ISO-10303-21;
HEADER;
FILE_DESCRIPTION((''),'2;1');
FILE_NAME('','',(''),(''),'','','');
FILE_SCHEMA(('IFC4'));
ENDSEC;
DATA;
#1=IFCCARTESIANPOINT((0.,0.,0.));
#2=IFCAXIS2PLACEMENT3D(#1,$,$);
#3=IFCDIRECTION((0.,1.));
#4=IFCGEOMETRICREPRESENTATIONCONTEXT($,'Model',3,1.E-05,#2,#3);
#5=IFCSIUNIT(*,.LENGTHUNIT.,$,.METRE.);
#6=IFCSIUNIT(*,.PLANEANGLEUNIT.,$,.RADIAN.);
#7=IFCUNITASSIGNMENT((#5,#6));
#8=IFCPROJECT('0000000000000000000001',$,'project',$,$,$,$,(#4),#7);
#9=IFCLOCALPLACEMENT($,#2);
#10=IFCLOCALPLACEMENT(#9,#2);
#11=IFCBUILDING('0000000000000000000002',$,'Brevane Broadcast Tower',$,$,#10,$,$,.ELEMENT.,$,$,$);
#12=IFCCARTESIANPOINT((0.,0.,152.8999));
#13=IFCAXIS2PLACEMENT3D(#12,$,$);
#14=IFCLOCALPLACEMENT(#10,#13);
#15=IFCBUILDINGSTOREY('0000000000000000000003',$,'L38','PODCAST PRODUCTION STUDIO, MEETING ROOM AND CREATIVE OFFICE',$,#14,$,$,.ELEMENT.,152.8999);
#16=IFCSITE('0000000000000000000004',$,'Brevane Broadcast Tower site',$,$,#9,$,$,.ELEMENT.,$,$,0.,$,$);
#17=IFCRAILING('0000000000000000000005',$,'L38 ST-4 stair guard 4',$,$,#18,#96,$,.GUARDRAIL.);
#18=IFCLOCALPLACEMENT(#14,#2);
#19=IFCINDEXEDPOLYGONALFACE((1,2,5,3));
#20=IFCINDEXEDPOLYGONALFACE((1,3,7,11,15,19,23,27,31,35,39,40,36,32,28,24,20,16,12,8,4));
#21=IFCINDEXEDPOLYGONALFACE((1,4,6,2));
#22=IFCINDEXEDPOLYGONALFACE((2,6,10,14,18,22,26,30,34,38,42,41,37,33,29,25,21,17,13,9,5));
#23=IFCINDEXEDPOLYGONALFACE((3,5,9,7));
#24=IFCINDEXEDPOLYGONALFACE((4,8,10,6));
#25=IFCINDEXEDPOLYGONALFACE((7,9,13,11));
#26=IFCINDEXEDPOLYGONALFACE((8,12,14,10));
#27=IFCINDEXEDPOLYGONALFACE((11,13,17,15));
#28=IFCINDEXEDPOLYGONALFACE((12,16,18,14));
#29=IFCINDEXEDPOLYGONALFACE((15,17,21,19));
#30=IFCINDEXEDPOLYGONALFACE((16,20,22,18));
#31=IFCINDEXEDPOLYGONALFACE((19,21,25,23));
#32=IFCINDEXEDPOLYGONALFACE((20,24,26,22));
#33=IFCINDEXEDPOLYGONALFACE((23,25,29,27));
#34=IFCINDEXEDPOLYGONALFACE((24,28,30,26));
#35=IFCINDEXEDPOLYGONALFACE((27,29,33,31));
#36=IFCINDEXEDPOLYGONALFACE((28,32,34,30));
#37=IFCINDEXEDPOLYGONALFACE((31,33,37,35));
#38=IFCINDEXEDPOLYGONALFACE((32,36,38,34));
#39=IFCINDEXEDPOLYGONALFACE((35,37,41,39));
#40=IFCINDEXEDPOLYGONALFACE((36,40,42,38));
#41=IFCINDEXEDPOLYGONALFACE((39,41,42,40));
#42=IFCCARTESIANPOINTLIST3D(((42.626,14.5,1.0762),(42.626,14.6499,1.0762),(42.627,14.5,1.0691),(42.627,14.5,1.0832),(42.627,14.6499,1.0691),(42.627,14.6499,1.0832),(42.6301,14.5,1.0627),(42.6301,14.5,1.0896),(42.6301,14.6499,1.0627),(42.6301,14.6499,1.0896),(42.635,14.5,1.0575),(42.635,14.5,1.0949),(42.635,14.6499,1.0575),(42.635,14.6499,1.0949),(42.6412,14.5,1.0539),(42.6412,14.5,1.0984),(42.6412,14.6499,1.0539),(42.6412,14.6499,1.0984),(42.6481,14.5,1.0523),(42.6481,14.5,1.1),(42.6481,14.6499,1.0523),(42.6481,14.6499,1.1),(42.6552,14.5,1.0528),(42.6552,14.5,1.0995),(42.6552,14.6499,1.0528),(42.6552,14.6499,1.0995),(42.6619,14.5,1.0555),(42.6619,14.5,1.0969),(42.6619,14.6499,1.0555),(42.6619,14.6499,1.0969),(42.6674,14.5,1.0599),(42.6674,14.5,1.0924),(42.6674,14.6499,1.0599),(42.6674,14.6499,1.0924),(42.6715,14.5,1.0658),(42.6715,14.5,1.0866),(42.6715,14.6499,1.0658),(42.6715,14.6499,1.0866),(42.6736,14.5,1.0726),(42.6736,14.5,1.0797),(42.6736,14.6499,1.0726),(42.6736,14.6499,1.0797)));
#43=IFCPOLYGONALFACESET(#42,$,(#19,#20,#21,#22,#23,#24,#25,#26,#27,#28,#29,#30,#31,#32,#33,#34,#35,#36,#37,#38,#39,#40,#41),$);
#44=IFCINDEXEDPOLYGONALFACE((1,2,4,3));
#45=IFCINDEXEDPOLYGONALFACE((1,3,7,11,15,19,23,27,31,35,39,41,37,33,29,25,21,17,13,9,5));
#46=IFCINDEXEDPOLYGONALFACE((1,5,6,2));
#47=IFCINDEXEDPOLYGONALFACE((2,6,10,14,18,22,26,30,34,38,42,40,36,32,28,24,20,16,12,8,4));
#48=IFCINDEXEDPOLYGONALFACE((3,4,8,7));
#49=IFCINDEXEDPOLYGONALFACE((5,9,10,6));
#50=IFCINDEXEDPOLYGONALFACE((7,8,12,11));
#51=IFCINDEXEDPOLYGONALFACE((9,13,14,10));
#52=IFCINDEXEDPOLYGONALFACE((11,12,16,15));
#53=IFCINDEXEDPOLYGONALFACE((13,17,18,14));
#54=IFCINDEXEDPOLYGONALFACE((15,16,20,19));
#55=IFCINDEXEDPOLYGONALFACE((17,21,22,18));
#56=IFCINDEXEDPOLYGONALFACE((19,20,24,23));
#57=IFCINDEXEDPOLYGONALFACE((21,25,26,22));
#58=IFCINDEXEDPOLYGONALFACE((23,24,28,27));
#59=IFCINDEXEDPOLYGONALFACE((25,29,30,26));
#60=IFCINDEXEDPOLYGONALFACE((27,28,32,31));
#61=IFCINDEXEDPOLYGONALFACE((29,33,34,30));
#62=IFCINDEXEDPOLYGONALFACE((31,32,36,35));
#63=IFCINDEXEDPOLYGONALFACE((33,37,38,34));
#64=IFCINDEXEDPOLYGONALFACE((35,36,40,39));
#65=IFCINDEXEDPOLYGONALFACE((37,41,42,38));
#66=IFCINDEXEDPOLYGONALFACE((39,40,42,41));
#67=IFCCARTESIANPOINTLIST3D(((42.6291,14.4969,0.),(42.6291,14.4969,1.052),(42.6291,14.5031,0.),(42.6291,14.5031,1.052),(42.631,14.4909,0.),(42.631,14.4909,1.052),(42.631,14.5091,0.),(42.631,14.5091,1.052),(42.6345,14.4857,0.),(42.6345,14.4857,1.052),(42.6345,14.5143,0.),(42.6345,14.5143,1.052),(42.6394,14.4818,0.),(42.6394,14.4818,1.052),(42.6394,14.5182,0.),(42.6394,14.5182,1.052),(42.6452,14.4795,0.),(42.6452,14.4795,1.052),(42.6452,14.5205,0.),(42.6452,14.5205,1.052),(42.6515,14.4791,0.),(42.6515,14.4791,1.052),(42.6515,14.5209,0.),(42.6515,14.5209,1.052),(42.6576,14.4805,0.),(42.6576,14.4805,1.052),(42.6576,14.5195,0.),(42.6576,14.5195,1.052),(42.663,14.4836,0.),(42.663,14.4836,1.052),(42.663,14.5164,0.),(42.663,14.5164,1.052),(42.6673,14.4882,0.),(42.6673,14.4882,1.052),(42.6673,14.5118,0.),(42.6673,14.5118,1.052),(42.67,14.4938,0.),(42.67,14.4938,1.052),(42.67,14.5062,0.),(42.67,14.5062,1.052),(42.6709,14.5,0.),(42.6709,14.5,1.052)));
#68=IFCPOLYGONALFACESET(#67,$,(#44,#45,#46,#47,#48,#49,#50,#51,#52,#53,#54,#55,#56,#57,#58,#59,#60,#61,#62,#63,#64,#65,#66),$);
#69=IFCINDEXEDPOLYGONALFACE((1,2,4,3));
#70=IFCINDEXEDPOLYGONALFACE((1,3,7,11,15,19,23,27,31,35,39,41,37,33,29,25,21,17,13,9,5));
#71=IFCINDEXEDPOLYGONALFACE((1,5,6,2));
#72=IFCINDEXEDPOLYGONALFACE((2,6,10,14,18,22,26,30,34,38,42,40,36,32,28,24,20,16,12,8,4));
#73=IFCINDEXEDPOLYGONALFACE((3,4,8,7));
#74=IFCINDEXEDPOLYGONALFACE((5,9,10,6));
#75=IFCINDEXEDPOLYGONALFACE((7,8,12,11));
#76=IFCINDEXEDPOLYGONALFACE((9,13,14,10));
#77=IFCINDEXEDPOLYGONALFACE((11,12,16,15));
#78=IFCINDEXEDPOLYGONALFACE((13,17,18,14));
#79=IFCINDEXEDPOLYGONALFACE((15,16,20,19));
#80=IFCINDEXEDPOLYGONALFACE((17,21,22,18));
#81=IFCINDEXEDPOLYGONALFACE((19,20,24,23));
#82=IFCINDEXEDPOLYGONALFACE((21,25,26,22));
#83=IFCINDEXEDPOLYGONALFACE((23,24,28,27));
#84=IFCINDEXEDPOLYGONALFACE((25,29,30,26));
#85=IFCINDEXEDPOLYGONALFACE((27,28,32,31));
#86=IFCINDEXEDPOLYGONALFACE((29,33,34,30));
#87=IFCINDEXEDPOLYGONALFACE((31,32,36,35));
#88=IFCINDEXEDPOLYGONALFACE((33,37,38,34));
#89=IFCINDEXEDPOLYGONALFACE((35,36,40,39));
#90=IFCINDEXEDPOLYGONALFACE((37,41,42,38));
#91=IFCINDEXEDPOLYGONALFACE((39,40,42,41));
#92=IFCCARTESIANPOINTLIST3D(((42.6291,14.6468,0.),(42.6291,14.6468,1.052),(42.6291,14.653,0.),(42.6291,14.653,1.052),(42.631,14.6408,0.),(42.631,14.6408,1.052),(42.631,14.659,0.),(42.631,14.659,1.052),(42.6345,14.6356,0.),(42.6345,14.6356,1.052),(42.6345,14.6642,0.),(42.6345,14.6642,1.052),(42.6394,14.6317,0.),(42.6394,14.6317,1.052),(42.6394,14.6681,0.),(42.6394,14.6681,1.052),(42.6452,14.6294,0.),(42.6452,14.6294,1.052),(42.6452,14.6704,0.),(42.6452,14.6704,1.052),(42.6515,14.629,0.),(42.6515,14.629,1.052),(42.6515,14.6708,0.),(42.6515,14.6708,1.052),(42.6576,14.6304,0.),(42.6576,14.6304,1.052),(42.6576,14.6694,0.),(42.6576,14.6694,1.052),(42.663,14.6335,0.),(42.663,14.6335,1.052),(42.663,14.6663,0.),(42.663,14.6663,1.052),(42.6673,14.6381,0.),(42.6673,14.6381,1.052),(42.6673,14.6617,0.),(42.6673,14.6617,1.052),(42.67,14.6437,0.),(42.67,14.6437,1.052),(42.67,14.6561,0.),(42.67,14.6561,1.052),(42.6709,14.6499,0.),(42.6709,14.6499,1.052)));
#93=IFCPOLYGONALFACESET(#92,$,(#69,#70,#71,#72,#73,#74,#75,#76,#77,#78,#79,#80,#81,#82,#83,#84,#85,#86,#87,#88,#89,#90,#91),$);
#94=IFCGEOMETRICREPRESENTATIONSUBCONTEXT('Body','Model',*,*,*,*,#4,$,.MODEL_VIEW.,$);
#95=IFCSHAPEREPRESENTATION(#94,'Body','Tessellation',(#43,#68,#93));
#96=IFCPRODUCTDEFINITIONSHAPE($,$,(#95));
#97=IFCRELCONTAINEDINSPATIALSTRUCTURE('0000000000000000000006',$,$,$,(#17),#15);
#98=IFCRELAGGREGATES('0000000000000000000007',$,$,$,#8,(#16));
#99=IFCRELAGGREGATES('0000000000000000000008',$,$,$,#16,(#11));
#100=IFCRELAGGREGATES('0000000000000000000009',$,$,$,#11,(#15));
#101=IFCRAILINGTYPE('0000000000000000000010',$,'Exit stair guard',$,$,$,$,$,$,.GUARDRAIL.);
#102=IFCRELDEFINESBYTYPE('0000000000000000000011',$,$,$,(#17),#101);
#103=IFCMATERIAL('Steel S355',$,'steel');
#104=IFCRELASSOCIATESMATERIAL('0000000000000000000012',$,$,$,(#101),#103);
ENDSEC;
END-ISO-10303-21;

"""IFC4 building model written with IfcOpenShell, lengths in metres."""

from ifc_helpers import new_model, si_unit, direction, frame, origin, origin_2d, place, context, subcontext, project, spatial, circle, extrude, material, type_object, element, save


model = new_model("IFC4")

# Units and contexts
model_context = context("Model", 3, precision=1e-05, world=origin(), true_north=direction((0.0, 1.0)))
body_context = subcontext(model_context, "Body", "Model", "MODEL_VIEW")
ifc_project = project(units=[si_unit("LENGTHUNIT", "METRE"), si_unit("PLANEANGLEUNIT", "RADIAN")], contexts=[model_context])

# Site, building, storey
site_placement = place(None, origin())
site = spatial("IfcSite", under=ifc_project, at=site_placement, Name="Brevane Broadcast Tower site", CompositionType="ELEMENT", RefElevation=0.0)
building_placement = place(site_placement, origin())
building = spatial("IfcBuilding", under=site, at=building_placement, Name="Brevane Broadcast Tower", CompositionType="ELEMENT")
storey_placement = place(building_placement, frame((0.0, 0.0, 152.8999)))
storey = spatial("IfcBuildingStorey", under=building, at=storey_placement, Name="L38", Description="PODCAST PRODUCTION STUDIO, MEETING ROOM AND CREATIVE OFFICE", CompositionType="ELEMENT", Elevation=152.8999)

# Railing
ifc_material_1 = material(Name="Steel S355", Category="steel")
railing_type_1 = type_object("IfcRailingType", Name="Exit stair guard", PredefinedType="GUARDRAIL", material=ifc_material_1)
railing_1_placement = place(storey_placement, frame((42.6499, 14.5, 0.0)))
element("IfcRailing", 1, at=railing_1_placement, inside=storey, type_object=railing_type_1, Name="L38 ST-4 stair guard 4", PredefinedType="GUARDRAIL", context=body_context, shape_type="SweptSolid", body=[
    extrude(circle(Radius=0.0239, at=origin_2d()), frame((0.0, 0.0, 1.0762), z_axis=(0.0, 1.0, 0.0), x_axis=(-1.0, 0.0, 0.0)), (0.0, 0.0, 1.0), 0.1499),
    extrude(circle(Radius=0.021, at=origin_2d()), origin(), (0.0, 0.0, 1.0), 1.052),
    extrude(circle(Radius=0.021, at=origin_2d()), frame((0.0, 0.1499, 0.0)), (0.0, 0.0, 1.0), 1.052),
])

save(model, "model.ifc")
